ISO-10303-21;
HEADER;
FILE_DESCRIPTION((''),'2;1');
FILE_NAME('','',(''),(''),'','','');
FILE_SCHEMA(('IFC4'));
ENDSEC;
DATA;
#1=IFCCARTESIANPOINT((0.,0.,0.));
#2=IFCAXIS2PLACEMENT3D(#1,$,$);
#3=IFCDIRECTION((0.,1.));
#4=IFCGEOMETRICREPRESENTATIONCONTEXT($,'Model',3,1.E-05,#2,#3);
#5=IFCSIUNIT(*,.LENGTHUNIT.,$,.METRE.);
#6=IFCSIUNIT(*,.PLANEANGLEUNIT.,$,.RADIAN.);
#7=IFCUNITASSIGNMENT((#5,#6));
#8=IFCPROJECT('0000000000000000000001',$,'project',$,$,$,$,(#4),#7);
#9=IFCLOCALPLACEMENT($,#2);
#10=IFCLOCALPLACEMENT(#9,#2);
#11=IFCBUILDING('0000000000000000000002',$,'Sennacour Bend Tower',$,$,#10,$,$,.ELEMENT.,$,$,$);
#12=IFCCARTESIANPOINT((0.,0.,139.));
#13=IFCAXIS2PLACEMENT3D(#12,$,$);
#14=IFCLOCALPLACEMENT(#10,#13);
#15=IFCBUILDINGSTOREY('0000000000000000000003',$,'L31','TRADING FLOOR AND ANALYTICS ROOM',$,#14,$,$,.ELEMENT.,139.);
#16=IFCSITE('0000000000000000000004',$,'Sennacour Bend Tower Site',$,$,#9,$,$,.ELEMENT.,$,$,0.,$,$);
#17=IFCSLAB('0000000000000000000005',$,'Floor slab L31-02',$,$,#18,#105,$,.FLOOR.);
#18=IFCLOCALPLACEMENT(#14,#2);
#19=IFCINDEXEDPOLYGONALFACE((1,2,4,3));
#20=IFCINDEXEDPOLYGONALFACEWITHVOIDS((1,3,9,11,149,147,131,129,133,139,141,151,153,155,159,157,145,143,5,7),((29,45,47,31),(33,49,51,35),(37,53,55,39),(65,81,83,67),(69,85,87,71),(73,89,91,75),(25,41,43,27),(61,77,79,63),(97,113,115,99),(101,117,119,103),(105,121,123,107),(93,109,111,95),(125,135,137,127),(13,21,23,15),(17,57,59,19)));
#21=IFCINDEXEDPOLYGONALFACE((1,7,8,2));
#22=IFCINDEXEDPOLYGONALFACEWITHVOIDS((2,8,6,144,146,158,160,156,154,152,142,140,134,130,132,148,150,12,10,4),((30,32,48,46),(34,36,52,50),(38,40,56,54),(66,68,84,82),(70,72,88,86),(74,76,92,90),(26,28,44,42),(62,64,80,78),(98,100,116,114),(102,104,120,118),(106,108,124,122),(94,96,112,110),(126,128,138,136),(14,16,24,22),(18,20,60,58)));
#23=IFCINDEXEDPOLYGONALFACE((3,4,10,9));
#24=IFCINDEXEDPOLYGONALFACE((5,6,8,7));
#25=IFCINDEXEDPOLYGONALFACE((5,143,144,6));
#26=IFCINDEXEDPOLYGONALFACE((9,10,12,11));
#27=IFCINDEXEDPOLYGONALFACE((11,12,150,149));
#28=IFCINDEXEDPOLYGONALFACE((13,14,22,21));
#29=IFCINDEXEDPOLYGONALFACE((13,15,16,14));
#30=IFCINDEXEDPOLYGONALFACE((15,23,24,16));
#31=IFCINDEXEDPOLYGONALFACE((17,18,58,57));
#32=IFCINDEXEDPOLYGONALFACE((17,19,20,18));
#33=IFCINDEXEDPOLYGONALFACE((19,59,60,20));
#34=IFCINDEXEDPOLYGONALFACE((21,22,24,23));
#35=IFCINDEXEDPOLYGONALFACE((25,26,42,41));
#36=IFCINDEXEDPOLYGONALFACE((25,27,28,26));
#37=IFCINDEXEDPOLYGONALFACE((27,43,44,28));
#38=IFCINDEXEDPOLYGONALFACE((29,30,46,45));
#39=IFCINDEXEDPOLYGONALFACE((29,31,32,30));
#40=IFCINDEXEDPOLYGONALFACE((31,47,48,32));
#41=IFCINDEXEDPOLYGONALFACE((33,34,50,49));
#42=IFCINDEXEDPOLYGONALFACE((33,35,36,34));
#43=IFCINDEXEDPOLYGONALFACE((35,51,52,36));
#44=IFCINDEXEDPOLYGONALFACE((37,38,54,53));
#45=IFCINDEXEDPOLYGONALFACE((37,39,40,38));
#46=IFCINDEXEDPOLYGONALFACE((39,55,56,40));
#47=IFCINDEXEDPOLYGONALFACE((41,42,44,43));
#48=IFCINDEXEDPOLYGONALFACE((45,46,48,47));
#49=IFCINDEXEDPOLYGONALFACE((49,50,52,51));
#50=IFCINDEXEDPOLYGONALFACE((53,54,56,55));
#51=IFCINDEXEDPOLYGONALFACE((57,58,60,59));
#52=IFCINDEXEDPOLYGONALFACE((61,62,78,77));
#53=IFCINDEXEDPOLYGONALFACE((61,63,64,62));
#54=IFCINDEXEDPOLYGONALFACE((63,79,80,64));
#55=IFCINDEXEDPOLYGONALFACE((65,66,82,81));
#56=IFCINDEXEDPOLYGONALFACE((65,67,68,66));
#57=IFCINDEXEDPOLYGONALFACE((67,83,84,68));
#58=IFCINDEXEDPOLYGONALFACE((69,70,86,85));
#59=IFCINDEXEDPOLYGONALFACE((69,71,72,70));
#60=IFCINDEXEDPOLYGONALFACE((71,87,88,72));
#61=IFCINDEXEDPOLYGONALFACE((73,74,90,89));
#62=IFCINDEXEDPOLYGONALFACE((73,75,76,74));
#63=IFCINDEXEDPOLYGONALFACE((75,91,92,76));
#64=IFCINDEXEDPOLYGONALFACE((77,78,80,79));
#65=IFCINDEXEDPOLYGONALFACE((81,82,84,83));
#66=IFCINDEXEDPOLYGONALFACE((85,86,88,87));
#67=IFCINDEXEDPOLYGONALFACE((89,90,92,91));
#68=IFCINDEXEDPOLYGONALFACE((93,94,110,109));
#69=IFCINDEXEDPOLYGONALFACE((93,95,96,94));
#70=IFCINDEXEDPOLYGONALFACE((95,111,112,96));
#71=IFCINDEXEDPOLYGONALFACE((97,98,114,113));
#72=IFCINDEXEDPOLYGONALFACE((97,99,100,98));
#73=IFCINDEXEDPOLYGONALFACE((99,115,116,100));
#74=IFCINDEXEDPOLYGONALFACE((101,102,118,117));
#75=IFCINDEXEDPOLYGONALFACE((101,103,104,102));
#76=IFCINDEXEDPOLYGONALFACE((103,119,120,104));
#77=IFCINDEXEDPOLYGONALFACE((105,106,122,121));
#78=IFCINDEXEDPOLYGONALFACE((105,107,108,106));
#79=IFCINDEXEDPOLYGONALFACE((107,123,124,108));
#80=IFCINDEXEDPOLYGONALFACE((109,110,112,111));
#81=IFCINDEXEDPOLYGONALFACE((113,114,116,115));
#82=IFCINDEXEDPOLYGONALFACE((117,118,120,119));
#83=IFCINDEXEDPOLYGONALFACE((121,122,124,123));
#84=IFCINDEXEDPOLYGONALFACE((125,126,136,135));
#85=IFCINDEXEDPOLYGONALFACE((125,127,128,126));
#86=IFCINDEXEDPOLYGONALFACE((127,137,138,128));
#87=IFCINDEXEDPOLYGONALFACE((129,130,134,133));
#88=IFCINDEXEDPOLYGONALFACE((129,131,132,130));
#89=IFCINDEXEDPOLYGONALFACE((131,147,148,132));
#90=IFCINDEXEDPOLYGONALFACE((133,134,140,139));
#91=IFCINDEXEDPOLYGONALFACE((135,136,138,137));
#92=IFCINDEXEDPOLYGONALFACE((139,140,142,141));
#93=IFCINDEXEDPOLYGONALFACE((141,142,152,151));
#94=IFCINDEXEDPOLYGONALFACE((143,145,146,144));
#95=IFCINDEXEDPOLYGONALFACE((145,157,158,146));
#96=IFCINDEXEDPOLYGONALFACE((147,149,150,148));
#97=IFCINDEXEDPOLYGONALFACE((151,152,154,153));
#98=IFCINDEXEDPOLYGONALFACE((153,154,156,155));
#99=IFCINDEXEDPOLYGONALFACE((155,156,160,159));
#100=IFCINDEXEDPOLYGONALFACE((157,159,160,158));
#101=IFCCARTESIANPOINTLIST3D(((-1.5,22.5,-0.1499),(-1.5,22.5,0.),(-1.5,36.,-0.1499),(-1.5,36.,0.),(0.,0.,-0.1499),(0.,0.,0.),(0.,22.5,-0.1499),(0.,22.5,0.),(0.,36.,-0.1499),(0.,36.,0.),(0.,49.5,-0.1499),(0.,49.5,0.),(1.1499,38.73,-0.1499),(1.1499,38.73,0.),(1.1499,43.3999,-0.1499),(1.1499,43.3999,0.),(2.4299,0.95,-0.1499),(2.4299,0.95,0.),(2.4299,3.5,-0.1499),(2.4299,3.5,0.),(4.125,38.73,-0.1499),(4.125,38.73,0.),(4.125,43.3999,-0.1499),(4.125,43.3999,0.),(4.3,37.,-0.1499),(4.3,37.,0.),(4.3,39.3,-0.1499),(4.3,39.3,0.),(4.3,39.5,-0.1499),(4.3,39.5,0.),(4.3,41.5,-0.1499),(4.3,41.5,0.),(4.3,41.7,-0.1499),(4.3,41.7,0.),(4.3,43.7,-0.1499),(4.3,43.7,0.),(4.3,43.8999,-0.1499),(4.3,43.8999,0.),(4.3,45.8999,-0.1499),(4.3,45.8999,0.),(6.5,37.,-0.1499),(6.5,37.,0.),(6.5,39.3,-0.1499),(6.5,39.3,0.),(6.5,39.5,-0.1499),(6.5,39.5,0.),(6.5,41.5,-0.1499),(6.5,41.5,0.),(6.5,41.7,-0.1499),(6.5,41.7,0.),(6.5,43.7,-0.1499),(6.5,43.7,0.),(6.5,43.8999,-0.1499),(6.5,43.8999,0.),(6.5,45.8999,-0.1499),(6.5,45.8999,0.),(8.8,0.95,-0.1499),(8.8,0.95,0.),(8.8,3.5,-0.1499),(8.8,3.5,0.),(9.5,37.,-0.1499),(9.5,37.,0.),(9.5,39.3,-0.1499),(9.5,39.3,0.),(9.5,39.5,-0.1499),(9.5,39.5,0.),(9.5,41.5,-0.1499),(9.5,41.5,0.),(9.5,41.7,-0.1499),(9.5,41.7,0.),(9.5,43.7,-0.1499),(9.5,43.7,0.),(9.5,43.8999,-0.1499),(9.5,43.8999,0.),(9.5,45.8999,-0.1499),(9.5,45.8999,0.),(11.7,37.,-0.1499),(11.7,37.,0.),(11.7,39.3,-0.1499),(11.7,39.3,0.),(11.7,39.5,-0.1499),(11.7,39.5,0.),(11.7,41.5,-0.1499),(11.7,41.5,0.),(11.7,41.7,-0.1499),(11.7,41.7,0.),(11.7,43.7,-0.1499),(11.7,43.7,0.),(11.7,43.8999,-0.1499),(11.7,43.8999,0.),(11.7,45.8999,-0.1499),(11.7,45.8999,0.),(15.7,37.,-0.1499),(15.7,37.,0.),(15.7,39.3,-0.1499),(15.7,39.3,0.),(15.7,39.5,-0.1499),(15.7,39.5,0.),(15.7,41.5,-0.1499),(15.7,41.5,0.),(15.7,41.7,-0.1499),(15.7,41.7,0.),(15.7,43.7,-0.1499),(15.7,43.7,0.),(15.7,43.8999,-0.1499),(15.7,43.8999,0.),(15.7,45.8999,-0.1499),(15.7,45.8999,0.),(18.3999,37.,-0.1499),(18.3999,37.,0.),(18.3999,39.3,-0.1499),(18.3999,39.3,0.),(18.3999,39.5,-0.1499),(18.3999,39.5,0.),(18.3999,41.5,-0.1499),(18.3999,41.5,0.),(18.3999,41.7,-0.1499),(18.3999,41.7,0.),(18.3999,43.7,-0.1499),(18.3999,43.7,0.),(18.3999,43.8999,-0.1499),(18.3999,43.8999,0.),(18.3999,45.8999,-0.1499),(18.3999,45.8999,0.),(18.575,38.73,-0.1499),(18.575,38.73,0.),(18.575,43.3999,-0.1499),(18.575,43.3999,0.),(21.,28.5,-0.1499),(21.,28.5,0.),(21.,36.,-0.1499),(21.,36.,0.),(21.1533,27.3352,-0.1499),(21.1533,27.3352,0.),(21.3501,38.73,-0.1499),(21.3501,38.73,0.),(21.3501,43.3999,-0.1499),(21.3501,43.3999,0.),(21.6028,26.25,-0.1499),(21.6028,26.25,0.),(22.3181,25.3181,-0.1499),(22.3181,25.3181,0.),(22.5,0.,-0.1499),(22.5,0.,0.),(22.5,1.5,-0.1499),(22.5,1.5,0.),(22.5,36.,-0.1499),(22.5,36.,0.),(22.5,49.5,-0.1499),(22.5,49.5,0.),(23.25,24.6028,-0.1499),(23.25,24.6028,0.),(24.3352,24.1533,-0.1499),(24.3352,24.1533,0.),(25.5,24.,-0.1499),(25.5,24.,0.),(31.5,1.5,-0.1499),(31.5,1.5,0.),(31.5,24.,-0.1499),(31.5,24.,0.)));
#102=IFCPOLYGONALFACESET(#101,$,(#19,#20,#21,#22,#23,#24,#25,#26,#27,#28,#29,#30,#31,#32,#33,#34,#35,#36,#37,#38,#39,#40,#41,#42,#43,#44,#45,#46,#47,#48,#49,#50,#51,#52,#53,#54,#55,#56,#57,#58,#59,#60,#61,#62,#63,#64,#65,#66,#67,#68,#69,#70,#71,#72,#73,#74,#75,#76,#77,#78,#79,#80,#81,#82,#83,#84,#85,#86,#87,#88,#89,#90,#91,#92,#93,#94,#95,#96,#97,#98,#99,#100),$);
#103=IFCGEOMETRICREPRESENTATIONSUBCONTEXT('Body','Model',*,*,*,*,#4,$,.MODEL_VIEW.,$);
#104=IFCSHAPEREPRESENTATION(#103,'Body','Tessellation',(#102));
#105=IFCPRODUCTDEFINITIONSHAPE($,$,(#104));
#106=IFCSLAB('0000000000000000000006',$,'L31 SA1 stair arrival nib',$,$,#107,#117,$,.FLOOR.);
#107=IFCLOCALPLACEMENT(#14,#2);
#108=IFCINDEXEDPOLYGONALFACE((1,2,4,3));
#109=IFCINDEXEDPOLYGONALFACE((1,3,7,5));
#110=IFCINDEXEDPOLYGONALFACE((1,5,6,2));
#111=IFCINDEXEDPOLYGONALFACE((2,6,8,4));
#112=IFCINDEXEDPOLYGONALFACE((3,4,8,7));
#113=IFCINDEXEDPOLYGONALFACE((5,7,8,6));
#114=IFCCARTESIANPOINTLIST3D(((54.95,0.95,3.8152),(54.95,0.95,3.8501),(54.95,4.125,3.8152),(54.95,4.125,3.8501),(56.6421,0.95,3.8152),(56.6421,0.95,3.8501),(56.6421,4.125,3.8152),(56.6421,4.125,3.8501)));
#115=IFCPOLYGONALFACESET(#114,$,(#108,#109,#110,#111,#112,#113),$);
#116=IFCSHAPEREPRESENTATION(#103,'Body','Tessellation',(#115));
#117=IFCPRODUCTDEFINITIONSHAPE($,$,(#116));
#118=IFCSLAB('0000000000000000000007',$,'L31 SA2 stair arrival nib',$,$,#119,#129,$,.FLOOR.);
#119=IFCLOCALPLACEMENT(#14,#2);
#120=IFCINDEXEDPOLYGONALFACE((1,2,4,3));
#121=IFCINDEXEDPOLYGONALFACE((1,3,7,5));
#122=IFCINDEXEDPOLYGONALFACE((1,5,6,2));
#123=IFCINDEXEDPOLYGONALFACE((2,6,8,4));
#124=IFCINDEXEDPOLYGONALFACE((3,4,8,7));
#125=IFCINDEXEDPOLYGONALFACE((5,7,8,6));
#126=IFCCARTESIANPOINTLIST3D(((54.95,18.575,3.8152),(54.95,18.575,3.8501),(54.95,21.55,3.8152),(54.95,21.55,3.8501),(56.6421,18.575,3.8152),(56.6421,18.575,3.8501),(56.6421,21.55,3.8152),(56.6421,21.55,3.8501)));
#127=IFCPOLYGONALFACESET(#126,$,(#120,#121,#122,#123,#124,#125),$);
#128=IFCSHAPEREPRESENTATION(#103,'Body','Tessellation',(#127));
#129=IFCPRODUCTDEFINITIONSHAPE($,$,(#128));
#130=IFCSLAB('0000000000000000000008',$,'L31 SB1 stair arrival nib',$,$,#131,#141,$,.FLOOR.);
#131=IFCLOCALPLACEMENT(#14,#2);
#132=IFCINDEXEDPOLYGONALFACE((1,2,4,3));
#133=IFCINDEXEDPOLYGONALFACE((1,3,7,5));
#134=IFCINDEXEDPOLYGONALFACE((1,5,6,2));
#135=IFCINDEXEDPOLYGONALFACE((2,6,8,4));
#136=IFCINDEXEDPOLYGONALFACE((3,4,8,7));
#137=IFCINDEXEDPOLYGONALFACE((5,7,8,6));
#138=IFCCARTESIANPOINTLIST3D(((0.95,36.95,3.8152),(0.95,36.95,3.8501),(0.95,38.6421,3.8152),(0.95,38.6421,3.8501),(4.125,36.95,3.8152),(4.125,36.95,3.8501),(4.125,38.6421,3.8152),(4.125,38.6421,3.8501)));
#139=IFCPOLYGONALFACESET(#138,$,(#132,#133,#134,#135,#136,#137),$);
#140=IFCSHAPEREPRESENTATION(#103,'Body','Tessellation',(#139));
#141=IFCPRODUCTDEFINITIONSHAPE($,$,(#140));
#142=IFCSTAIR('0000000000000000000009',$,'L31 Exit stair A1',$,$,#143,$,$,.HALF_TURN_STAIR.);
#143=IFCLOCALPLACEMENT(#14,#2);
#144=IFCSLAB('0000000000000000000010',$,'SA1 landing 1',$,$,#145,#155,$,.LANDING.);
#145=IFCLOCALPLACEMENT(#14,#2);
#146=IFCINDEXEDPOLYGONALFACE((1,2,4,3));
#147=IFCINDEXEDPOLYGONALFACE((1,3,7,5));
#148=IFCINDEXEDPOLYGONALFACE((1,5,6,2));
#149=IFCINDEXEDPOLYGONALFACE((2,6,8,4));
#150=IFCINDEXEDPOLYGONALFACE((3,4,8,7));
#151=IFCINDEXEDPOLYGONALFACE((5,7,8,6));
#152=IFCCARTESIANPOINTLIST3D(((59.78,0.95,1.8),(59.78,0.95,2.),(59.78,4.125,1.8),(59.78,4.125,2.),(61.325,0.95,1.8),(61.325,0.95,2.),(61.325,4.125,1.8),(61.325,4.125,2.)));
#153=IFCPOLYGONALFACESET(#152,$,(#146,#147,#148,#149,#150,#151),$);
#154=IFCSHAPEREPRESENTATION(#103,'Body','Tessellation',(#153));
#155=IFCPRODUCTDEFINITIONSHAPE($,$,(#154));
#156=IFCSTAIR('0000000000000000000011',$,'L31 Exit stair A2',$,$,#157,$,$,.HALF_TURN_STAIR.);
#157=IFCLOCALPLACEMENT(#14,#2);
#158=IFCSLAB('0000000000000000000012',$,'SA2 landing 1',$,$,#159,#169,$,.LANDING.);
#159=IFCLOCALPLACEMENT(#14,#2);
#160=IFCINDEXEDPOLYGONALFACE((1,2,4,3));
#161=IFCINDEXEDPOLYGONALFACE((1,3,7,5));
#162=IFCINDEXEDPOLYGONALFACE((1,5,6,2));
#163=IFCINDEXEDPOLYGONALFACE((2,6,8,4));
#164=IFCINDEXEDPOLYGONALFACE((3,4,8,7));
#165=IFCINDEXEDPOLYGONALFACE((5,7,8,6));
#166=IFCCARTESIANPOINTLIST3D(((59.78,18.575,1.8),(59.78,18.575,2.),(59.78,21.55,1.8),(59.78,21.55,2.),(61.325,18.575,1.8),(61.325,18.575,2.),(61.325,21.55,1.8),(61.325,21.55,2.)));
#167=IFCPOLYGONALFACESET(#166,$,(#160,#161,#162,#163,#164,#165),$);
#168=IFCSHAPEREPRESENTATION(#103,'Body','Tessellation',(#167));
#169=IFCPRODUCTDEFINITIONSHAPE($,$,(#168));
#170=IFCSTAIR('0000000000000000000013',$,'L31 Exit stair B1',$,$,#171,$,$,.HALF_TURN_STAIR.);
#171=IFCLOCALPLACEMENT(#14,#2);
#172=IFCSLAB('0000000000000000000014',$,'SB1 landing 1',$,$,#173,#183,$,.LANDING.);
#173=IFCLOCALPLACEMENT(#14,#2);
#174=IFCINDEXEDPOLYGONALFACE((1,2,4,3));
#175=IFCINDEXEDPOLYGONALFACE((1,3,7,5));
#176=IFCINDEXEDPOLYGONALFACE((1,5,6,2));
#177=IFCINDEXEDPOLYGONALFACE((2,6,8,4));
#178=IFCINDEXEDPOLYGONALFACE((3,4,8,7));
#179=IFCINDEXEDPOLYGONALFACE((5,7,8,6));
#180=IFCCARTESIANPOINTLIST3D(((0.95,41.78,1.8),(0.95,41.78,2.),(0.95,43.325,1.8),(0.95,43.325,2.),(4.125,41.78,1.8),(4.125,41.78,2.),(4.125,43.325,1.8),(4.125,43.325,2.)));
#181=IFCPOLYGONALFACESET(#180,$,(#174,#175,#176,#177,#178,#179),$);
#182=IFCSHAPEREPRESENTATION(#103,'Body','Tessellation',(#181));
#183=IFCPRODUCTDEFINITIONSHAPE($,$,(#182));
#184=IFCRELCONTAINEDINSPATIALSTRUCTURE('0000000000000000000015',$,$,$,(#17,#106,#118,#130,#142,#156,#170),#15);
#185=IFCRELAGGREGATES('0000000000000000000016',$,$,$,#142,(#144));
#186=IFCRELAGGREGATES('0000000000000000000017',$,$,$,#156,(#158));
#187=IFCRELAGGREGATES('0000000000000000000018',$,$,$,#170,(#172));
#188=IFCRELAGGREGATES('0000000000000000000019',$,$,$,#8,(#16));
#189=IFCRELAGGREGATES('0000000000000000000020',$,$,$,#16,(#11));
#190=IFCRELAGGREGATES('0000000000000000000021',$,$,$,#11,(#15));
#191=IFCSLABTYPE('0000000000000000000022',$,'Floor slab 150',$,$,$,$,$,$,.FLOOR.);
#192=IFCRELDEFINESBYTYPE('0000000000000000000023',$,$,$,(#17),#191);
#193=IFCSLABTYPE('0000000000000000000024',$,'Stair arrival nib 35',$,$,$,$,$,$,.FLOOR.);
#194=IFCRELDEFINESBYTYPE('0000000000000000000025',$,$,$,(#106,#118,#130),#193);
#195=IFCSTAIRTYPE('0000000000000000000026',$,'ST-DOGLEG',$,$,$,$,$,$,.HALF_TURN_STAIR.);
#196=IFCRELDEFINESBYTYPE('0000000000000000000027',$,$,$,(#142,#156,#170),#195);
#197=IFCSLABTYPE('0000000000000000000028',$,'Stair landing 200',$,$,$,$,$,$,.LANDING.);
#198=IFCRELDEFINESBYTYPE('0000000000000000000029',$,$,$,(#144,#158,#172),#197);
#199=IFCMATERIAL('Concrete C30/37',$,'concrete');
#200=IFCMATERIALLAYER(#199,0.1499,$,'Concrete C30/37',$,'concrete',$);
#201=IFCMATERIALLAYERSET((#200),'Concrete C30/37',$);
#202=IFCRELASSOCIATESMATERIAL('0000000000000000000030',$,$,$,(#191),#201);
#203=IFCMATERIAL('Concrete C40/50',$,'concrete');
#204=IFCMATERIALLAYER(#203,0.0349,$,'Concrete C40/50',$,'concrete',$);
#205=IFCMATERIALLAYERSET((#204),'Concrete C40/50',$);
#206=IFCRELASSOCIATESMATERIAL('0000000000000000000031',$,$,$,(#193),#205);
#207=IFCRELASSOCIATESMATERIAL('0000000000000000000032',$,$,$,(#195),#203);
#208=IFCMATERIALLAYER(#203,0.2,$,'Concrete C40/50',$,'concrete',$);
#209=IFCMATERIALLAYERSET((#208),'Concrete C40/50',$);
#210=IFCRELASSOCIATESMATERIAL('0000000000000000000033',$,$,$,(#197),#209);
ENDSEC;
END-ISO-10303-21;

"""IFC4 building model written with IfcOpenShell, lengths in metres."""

from ifc_helpers import new_model, si_unit, direction, frame, origin, place, context, subcontext, project, spatial, polyline, outline, extrude, material, layer, layer_set, type_object, element, aggregate, save


model = new_model("IFC4")

# Units and contexts
model_context = context("Model", 3, precision=1e-05, world=origin(), true_north=direction((0.0, 1.0)))
body_context = subcontext(model_context, "Body", "Model", "MODEL_VIEW")
ifc_project = project(units=[si_unit("LENGTHUNIT", "METRE"), si_unit("PLANEANGLEUNIT", "RADIAN")], contexts=[model_context])

# Site, building, storey
site_placement = place(None, origin())
site = spatial("IfcSite", under=ifc_project, at=site_placement, Name="Sennacour Bend Tower Site", CompositionType="ELEMENT", RefElevation=0.0)
building_placement = place(site_placement, origin())
building = spatial("IfcBuilding", under=site, at=building_placement, Name="Sennacour Bend Tower", CompositionType="ELEMENT")
storey_placement = place(building_placement, frame((0.0, 0.0, 139.0)))
storey = spatial("IfcBuildingStorey", under=building, at=storey_placement, Name="L31", Description="TRADING FLOOR AND ANALYTICS ROOM", CompositionType="ELEMENT", Elevation=139.0)

# Slabs
ifc_material_1 = material(Name="Concrete C30/37", Category="concrete")
ifc_layer_1 = layer(ifc_material_1, 0.1499, Name="Concrete C30/37", Category="concrete")
ifc_layer_set_1 = layer_set([ifc_layer_1], Name="Concrete C30/37")
slab_type_1 = type_object("IfcSlabType", Name="Floor slab 150", PredefinedType="FLOOR", material=ifc_layer_set_1)
slab_1_placement = place(storey_placement, frame((0.0, 0.0, -0.1499)))
element("IfcSlab", 1, at=slab_1_placement, inside=storey, type_object=slab_type_1, Name="Floor slab L31-02", PredefinedType="FLOOR", context=body_context, shape_type="SweptSolid", body=[
    extrude(outline(polyline([(31.5, 1.5), (22.5, 1.5), (22.5, 0.0), (0.0, 0.0), (0.0, 22.5), (-1.5, 22.5), (-1.5, 36.0), (0.0, 36.0), (0.0, 49.5), (22.5, 49.5), (22.5, 36.0), (21.0, 36.0), (21.0, 28.5), (21.1533, 27.3352), (21.6028, 26.25), (22.3181, 25.3181), (23.25, 24.6028), (24.3352, 24.1533), (25.5, 24.0), (31.5, 24.0), (31.5, 1.5)]), holes=[polyline([(8.8, 3.5), (2.4299, 3.5), (2.4299, 0.95), (8.8, 0.95), (8.8, 3.5)]), polyline([(6.5, 37.0), (6.5, 39.3), (4.3, 39.3), (4.3, 37.0), (6.5, 37.0)]), polyline([(11.7, 37.0), (11.7, 39.3), (9.5, 39.3), (9.5, 37.0), (11.7, 37.0)]), polyline([(6.5, 39.5), (6.5, 41.5), (4.3, 41.5), (4.3, 39.5), (6.5, 39.5)]), polyline([(11.7, 39.5), (11.7, 41.5), (9.5, 41.5), (9.5, 39.5), (11.7, 39.5)]), polyline([(4.125, 38.73), (4.125, 43.3999), (1.1499, 43.3999), (1.1499, 38.73), (4.125, 38.73)]), polyline([(6.5, 41.7), (6.5, 43.7), (4.3, 43.7), (4.3, 41.7), (6.5, 41.7)]), polyline([(6.5, 43.8999), (6.5, 45.8999), (4.3, 45.8999), (4.3, 43.8999), (6.5, 43.8999)]), polyline([(18.3999, 37.0), (18.3999, 39.3), (15.7, 39.3), (15.7, 37.0), (18.3999, 37.0)]), polyline([(18.3999, 39.5), (18.3999, 41.5), (15.7, 41.5), (15.7, 39.5), (18.3999, 39.5)]), polyline([(21.3501, 38.73), (21.3501, 43.3999), (18.575, 43.3999), (18.575, 38.73), (21.3501, 38.73)]), polyline([(11.7, 41.7), (11.7, 43.7), (9.5, 43.7), (9.5, 41.7), (11.7, 41.7)]), polyline([(18.3999, 41.7), (18.3999, 43.7), (15.7, 43.7), (15.7, 41.7), (18.3999, 41.7)]), polyline([(11.7, 43.8999), (11.7, 45.8999), (9.5, 45.8999), (9.5, 43.8999), (11.7, 43.8999)]), polyline([(18.3999, 43.8999), (18.3999, 45.8999), (15.7, 45.8999), (15.7, 43.8999), (18.3999, 43.8999)])]), origin(), (0.0, 0.0, 1.0), 0.1499),
])
ifc_material_2 = material(Name="Concrete C40/50", Category="concrete")
ifc_layer_2 = layer(ifc_material_2, 0.0349, Name="Concrete C40/50", Category="concrete")
ifc_layer_set_2 = layer_set([ifc_layer_2], Name="Concrete C40/50")
slab_type_2 = type_object("IfcSlabType", Name="Stair arrival nib 35", PredefinedType="FLOOR", material=ifc_layer_set_2)
slab_2_placement = place(storey_placement, frame((0.0, 0.0, 3.8152)))
element("IfcSlab", 2, at=slab_2_placement, inside=storey, type_object=slab_type_2, Name="L31 SA1 stair arrival nib", PredefinedType="FLOOR", context=body_context, shape_type="SweptSolid", body=[
    extrude(outline(polyline([(56.6421, 4.125), (54.95, 4.125), (54.95, 0.95), (56.6421, 0.95), (56.6421, 4.125)])), origin(), (0.0, 0.0, 1.0), 0.0349),
])
slab_3_placement = place(storey_placement, frame((0.0, 0.0, 3.8152)))
element("IfcSlab", 3, at=slab_3_placement, inside=storey, type_object=slab_type_2, Name="L31 SA2 stair arrival nib", PredefinedType="FLOOR", context=body_context, shape_type="SweptSolid", body=[
    extrude(outline(polyline([(56.6421, 21.55), (54.95, 21.55), (54.95, 18.575), (56.6421, 18.575), (56.6421, 21.55)])), origin(), (0.0, 0.0, 1.0), 0.0349),
])
slab_4_placement = place(storey_placement, frame((0.0, 0.0, 3.8152)))
element("IfcSlab", 4, at=slab_4_placement, inside=storey, type_object=slab_type_2, Name="L31 SB1 stair arrival nib", PredefinedType="FLOOR", context=body_context, shape_type="SweptSolid", body=[
    extrude(outline(polyline([(0.95, 38.6421), (0.95, 36.95), (4.125, 36.95), (4.125, 38.6421), (0.95, 38.6421)])), origin(), (0.0, 0.0, 1.0), 0.0349),
])

# Stairs, slabs
stair_type = type_object("IfcStairType", Name="ST-DOGLEG", PredefinedType="HALF_TURN_STAIR", material=ifc_material_2)
stair_1_placement = place(storey_placement, origin())
stair_1 = element("IfcStair", 5, at=stair_1_placement, inside=storey, type_object=stair_type, Name="L31 Exit stair A1", PredefinedType="HALF_TURN_STAIR")
ifc_layer_3 = layer(ifc_material_2, 0.2, Name="Concrete C40/50", Category="concrete")
ifc_layer_set_3 = layer_set([ifc_layer_3], Name="Concrete C40/50")
slab_type_3 = type_object("IfcSlabType", Name="Stair landing 200", PredefinedType="LANDING", material=ifc_layer_set_3)
slab_5_placement = place(storey_placement, frame((0.0, 0.0, 1.8)))
slab_5 = element("IfcSlab", 6, at=slab_5_placement, type_object=slab_type_3, Name="SA1 landing 1", PredefinedType="LANDING", context=body_context, shape_type="SweptSolid", body=[
    extrude(outline(polyline([(59.78, 0.95), (61.325, 0.95), (61.325, 4.125), (59.78, 4.125), (59.78, 0.95)])), origin(), (0.0, 0.0, 1.0), 0.2),
])
aggregate(stair_1, [slab_5])
stair_2_placement = place(storey_placement, origin())
stair_2 = element("IfcStair", 7, at=stair_2_placement, inside=storey, type_object=stair_type, Name="L31 Exit stair A2", PredefinedType="HALF_TURN_STAIR")
slab_6_placement = place(storey_placement, frame((0.0, 0.0, 1.8)))
slab_6 = element("IfcSlab", 8, at=slab_6_placement, type_object=slab_type_3, Name="SA2 landing 1", PredefinedType="LANDING", context=body_context, shape_type="SweptSolid", body=[
    extrude(outline(polyline([(59.78, 18.575), (61.325, 18.575), (61.325, 21.55), (59.78, 21.55), (59.78, 18.575)])), origin(), (0.0, 0.0, 1.0), 0.2),
])
aggregate(stair_2, [slab_6])
stair_3_placement = place(storey_placement, origin())
stair_3 = element("IfcStair", 9, at=stair_3_placement, inside=storey, type_object=stair_type, Name="L31 Exit stair B1", PredefinedType="HALF_TURN_STAIR")
slab_7_placement = place(storey_placement, frame((0.0, 0.0, 1.8)))
slab_7 = element("IfcSlab", 10, at=slab_7_placement, type_object=slab_type_3, Name="SB1 landing 1", PredefinedType="LANDING", context=body_context, shape_type="SweptSolid", body=[
    extrude(outline(polyline([(0.95, 41.78), (4.125, 41.78), (4.125, 43.325), (0.95, 43.325), (0.95, 41.78)])), origin(), (0.0, 0.0, 1.0), 0.2),
])
aggregate(stair_3, [slab_7])

save(model, "model.ifc")
